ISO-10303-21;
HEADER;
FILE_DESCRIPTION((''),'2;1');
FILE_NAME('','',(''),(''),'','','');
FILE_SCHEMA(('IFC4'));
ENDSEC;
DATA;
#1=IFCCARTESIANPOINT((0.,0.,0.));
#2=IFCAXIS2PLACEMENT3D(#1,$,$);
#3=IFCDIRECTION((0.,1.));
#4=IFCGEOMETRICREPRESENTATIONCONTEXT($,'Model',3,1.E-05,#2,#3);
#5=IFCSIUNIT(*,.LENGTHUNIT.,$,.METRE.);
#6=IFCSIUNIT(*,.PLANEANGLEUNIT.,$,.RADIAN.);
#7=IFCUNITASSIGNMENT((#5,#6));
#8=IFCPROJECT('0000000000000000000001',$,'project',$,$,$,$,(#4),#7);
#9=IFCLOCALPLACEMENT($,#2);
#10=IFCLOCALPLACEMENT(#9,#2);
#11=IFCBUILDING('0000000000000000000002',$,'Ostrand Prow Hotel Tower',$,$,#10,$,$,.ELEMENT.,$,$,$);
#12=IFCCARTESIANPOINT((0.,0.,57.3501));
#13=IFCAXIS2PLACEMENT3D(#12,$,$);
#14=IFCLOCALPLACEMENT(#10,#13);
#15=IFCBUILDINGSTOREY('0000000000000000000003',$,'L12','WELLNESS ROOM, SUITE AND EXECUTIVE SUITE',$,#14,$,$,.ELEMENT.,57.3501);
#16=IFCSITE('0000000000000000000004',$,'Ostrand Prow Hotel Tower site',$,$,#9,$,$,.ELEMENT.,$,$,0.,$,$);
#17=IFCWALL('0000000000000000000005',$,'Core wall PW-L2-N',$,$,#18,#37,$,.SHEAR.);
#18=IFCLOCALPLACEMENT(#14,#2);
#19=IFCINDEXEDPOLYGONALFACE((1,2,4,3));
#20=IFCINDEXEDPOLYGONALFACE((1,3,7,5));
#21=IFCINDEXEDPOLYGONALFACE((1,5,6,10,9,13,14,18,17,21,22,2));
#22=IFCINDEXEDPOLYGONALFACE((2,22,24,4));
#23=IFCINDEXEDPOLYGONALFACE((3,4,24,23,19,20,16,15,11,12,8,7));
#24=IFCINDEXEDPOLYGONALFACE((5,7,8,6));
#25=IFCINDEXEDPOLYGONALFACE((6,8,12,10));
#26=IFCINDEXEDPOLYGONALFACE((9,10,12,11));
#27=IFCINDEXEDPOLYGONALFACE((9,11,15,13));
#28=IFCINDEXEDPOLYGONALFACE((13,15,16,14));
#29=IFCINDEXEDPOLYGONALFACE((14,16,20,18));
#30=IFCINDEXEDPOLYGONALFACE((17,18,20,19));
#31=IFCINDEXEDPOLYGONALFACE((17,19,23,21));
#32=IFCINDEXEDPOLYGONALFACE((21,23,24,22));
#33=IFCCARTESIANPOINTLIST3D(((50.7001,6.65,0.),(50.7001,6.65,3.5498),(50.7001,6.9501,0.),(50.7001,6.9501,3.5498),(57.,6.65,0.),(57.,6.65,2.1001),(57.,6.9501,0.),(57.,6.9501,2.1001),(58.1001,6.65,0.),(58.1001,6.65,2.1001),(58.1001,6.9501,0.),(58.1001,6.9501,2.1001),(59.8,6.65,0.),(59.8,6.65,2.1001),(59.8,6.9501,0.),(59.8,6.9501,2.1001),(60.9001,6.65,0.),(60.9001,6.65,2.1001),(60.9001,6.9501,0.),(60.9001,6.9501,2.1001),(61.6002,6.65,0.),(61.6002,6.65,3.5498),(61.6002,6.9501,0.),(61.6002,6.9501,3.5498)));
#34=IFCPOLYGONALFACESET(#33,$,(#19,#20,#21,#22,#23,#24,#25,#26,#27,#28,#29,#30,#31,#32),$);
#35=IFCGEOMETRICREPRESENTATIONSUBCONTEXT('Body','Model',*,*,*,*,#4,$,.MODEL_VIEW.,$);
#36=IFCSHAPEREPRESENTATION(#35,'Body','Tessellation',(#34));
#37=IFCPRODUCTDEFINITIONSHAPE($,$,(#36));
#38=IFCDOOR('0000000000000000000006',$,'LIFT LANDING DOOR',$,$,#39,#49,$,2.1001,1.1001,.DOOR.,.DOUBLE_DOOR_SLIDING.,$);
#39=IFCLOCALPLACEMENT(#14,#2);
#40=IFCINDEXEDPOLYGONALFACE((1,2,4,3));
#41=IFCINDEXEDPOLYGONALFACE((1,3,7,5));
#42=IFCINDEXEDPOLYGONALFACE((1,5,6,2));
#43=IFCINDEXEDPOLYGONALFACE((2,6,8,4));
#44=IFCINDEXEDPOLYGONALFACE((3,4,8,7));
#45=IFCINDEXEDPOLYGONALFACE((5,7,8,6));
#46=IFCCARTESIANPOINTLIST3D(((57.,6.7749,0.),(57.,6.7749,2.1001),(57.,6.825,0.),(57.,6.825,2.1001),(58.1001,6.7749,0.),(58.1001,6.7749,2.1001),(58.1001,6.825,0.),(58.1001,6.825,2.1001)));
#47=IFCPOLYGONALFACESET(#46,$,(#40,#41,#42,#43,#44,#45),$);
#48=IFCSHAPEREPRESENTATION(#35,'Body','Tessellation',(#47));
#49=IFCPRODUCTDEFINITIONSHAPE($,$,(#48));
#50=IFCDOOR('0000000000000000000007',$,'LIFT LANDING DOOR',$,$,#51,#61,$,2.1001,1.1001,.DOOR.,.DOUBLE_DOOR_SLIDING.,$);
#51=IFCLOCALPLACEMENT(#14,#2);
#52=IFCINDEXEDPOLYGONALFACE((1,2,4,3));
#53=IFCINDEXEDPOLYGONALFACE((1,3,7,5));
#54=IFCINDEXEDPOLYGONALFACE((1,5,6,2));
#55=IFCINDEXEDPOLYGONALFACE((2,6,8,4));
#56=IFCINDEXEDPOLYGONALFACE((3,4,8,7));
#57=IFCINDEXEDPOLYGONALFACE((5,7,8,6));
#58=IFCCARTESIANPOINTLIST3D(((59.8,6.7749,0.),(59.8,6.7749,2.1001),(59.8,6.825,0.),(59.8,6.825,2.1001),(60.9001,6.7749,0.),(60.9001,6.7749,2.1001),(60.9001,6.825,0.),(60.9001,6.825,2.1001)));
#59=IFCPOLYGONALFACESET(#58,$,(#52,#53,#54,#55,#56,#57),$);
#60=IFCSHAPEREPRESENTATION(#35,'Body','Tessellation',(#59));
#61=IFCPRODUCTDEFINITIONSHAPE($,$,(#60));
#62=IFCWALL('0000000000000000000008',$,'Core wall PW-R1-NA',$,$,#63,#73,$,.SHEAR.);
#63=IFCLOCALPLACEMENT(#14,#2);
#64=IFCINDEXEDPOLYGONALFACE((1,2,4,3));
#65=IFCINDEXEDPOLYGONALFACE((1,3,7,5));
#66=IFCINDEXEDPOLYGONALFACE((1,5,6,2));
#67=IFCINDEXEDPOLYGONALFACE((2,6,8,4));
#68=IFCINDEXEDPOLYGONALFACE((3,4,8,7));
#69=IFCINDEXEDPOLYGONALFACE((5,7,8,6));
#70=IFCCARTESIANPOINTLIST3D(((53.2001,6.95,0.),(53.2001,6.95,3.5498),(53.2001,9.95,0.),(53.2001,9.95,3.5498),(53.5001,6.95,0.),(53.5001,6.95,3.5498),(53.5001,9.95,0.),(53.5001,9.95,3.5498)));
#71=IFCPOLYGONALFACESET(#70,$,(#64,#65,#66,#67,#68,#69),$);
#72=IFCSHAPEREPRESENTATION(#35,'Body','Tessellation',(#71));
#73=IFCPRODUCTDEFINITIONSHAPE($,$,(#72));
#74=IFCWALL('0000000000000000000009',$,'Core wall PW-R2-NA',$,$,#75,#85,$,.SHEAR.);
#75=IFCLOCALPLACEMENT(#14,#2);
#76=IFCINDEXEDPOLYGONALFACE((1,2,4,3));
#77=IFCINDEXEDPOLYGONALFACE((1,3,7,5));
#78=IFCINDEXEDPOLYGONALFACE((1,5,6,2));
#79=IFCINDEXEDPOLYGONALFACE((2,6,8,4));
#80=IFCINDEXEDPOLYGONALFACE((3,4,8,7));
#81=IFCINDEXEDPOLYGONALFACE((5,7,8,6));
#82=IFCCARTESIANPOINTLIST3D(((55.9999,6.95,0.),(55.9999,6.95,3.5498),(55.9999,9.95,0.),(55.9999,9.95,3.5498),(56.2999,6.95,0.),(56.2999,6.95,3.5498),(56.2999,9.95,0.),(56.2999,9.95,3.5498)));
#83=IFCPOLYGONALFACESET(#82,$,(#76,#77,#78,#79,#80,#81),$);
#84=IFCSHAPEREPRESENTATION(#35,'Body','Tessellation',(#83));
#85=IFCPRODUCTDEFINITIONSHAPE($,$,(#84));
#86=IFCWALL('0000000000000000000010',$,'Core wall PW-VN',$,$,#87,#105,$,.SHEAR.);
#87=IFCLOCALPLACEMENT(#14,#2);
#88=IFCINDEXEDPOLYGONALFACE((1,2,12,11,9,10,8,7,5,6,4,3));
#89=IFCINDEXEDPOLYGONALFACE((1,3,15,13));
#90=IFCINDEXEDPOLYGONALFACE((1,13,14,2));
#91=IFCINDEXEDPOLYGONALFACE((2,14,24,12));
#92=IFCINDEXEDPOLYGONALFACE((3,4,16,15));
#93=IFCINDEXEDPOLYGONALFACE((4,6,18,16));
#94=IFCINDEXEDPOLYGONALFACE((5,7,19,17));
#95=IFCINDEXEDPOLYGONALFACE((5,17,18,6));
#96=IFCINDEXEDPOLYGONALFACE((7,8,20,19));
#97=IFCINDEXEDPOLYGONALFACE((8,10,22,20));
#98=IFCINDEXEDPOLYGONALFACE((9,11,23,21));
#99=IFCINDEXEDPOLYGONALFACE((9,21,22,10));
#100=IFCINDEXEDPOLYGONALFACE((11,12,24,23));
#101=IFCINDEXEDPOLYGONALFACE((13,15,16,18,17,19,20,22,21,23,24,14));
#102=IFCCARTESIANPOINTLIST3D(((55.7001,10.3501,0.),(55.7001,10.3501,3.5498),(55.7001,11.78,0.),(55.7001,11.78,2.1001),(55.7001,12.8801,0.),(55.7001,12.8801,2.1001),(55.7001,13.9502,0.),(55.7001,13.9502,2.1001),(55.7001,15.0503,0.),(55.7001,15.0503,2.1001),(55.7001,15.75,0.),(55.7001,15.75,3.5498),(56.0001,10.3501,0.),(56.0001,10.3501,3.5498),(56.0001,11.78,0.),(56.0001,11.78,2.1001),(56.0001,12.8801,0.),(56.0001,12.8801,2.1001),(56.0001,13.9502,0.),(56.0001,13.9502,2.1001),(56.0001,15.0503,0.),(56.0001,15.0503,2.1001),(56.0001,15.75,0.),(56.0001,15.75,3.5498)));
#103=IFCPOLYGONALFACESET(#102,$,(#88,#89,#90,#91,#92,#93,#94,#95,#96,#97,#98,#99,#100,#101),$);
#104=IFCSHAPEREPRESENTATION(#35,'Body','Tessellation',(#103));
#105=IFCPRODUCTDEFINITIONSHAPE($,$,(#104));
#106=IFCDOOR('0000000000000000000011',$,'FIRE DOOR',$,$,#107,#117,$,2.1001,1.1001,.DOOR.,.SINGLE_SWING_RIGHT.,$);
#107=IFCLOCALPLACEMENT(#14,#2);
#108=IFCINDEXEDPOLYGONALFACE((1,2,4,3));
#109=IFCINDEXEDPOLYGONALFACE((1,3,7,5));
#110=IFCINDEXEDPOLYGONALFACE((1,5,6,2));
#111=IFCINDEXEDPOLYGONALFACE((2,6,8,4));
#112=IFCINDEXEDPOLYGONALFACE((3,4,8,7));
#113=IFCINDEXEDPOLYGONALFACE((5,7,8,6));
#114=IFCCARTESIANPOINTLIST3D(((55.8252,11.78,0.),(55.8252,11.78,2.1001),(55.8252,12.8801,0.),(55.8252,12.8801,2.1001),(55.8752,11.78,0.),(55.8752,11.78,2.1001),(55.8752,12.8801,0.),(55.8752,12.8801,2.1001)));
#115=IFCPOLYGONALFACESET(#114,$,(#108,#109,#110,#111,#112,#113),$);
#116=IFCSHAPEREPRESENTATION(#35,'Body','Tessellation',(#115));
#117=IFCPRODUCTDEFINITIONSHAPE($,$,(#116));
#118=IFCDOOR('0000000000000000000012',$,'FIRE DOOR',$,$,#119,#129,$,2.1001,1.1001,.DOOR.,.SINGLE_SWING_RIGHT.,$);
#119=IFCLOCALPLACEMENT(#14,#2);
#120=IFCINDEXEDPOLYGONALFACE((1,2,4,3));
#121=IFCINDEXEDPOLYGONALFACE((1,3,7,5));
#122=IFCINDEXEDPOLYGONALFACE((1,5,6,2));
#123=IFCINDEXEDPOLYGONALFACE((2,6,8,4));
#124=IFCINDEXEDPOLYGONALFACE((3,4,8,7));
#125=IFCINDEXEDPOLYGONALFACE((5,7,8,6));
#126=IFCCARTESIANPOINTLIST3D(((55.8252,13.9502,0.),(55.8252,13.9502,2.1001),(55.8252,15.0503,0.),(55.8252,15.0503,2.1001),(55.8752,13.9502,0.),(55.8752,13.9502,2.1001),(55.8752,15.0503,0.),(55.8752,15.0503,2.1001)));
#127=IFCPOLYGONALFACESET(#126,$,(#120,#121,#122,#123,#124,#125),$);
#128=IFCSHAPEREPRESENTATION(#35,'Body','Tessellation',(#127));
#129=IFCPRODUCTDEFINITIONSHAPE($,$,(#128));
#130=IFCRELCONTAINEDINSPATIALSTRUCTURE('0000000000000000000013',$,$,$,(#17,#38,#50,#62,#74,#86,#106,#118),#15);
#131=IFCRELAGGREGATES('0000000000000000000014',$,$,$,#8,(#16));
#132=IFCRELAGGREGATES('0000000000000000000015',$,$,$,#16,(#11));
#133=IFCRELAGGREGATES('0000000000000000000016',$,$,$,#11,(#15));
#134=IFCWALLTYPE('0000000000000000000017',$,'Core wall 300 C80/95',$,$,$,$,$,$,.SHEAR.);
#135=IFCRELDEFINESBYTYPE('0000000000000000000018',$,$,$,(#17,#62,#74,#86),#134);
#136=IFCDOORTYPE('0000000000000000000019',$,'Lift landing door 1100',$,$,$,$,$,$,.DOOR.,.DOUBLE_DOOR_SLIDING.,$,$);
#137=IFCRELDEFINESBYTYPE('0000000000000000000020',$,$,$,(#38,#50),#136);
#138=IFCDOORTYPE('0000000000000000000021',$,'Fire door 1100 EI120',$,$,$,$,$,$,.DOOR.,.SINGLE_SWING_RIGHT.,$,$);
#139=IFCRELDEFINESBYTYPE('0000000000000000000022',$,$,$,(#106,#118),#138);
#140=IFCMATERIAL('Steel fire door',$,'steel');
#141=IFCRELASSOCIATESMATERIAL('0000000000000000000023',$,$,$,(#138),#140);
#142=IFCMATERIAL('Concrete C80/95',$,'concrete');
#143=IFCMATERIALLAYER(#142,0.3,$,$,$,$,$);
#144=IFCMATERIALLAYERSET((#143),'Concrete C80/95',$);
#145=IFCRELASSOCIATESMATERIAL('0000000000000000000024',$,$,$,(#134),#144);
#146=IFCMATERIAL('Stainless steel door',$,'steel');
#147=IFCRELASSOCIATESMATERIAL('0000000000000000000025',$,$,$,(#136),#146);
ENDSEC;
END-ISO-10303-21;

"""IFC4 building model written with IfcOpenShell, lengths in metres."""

from ifc_helpers import new_model, si_unit, direction, frame, frame_2d, origin, place, context, subcontext, project, spatial, rectangle, extrude, material, layer, layer_set, type_object, element, fill, save


model = new_model("IFC4")

# Units and contexts
model_context = context("Model", 3, precision=1e-05, world=origin(), true_north=direction((0.0, 1.0)))
body_context = subcontext(model_context, "Body", "Model", "MODEL_VIEW")
ifc_project = project(units=[si_unit("LENGTHUNIT", "METRE"), si_unit("PLANEANGLEUNIT", "RADIAN")], contexts=[model_context])

# Site, building, storey
site_placement = place(None, origin())
site = spatial("IfcSite", under=ifc_project, at=site_placement, Name="Ostrand Prow Hotel Tower site", CompositionType="ELEMENT", RefElevation=0.0)
building_placement = place(site_placement, origin())
building = spatial("IfcBuilding", under=site, at=building_placement, Name="Ostrand Prow Hotel Tower", CompositionType="ELEMENT")
storey_placement = place(building_placement, frame((0.0, 0.0, 57.3501)))
storey = spatial("IfcBuildingStorey", under=building, at=storey_placement, Name="L12", Description="WELLNESS ROOM, SUITE AND EXECUTIVE SUITE", CompositionType="ELEMENT", Elevation=57.3501)

# Shared definitions
ifc_material_1 = material(Name="Steel fire door", Category="steel")
door_type_1 = type_object("IfcDoorType", Name="Fire door 1100 EI120", OperationType="SINGLE_SWING_RIGHT", PredefinedType="DOOR", material=ifc_material_1)

# Wall, openings, doors
ifc_material_2 = material(Name="Concrete C80/95", Category="concrete")
ifc_layer_1 = layer(ifc_material_2, 0.3)
ifc_layer_set_1 = layer_set([ifc_layer_1], Name="Concrete C80/95")
wall_type_1 = type_object("IfcWallType", Name="Core wall 300 C80/95", PredefinedType="SHEAR", material=ifc_layer_set_1)
wall_1_placement = place(storey_placement, frame((50.7, 6.8, 0.0), z_axis=(0.0, 0.0, 1.0), x_axis=(1.0, 0.0, 0.0)))
wall_1 = element("IfcWall", 1, at=wall_1_placement, inside=storey, type_object=wall_type_1, Name="Core wall PW-L2-N", PredefinedType="SHEAR", context=body_context, shape_type="SweptSolid", body=[
    extrude(rectangle(XDim=10.9001, YDim=0.3, at=frame_2d((5.4502, 0.0))), origin(), (0.0, 0.0, 1.0), 3.5498),
])
opening_1_placement = place(wall_1_placement, frame((6.3, 0.0, 0.0)))
opening_1 = element("IfcOpeningElement", 2, at=opening_1_placement, cuts=wall_1, PredefinedType="OPENING", context=body_context, shape_type="SweptSolid", body=[
    extrude(rectangle(XDim=1.1001, YDim=2.1001, at=frame_2d((0.55, 1.05))), frame((0.0, 0.1599, 0.0), z_axis=(0.0, -1.0, 0.0), x_axis=(1.0, 0.0, 0.0)), (0.0, 0.0, 1.0), 0.3201),
])
opening_2_placement = place(wall_1_placement, frame((9.1001, 0.0, 0.0)))
opening_2 = element("IfcOpeningElement", 3, at=opening_2_placement, cuts=wall_1, PredefinedType="OPENING", context=body_context, shape_type="SweptSolid", body=[
    extrude(rectangle(XDim=1.1001, YDim=2.1001, at=frame_2d((0.55, 1.05))), frame((0.0, 0.1599, 0.0), z_axis=(0.0, -1.0, 0.0), x_axis=(1.0, 0.0, 0.0)), (0.0, 0.0, 1.0), 0.3201),
])
ifc_material_3 = material(Name="Stainless steel door", Category="steel")
door_type_2 = type_object("IfcDoorType", Name="Lift landing door 1100", OperationType="DOUBLE_DOOR_SLIDING", PredefinedType="DOOR", material=ifc_material_3)
door_1_placement = place(opening_1_placement, origin())
door_1 = element("IfcDoor", 4, at=door_1_placement, inside=storey, type_object=door_type_2, Name="LIFT LANDING DOOR", OperationType="DOUBLE_DOOR_SLIDING", OverallHeight=2.1001, OverallWidth=1.1001, PredefinedType="DOOR", context=body_context, shape_type="SweptSolid", body=[
    extrude(rectangle(XDim=1.1001, YDim=2.1001, at=frame_2d((0.55, 1.05))), frame((0.0, 0.0249, 0.0), z_axis=(0.0, -1.0, 0.0), x_axis=(1.0, 0.0, 0.0)), (0.0, 0.0, 1.0), 0.05),
])
fill(opening_1, door_1)
door_2_placement = place(opening_2_placement, origin())
door_2 = element("IfcDoor", 5, at=door_2_placement, inside=storey, type_object=door_type_2, Name="LIFT LANDING DOOR", OperationType="DOUBLE_DOOR_SLIDING", OverallHeight=2.1001, OverallWidth=1.1001, PredefinedType="DOOR", context=body_context, shape_type="SweptSolid", body=[
    extrude(rectangle(XDim=1.1001, YDim=2.1001, at=frame_2d((0.55, 1.05))), frame((0.0, 0.0249, 0.0), z_axis=(0.0, -1.0, 0.0), x_axis=(1.0, 0.0, 0.0)), (0.0, 0.0, 1.0), 0.05),
])
fill(opening_2, door_2)

# Walls
for number, where, z_axis, x_axis, name in (
    (6, (53.3501, 6.95, 0.0), (0.0, 0.0, 1.0), (0.0, 1.0, 0.0), "Core wall PW-R1-NA"),
    (7, (56.1499, 6.95, 0.0), (0.0, 0.0, 1.0), (0.0, 1.0, 0.0), "Core wall PW-R2-NA"),
):
    element("IfcWall", number, at=place(storey_placement, frame(where, z_axis=z_axis, x_axis=x_axis)), inside=storey, type_object=wall_type_1, Name=name, PredefinedType="SHEAR", context=body_context, shape_type="SweptSolid", body=[
        extrude(rectangle(XDim=3.0, YDim=0.3, at=frame_2d((1.5, 0.0))), origin(), (0.0, 0.0, 1.0), 3.5498),
    ])

# Wall, openings, doors
wall_2_placement = place(storey_placement, frame((55.8501, 10.3501, 0.0), z_axis=(0.0, 0.0, 1.0), x_axis=(0.0, 1.0, 0.0)))
wall_2 = element("IfcWall", 8, at=wall_2_placement, inside=storey, type_object=wall_type_1, Name="Core wall PW-VN", PredefinedType="SHEAR", context=body_context, shape_type="SweptSolid", body=[
    extrude(rectangle(XDim=5.3999, YDim=0.3, at=frame_2d((2.7, 0.0))), origin(), (0.0, 0.0, 1.0), 3.5498),
])
opening_3_placement = place(wall_2_placement, frame((1.4299, 0.0, 0.0)))
opening_3 = element("IfcOpeningElement", 9, at=opening_3_placement, cuts=wall_2, PredefinedType="OPENING", context=body_context, shape_type="SweptSolid", body=[
    extrude(rectangle(XDim=1.1001, YDim=2.1001, at=frame_2d((0.55, 1.05))), frame((0.0, 0.1599, 0.0), z_axis=(0.0, -1.0, 0.0), x_axis=(1.0, 0.0, 0.0)), (0.0, 0.0, 1.0), 0.3201),
])
opening_4_placement = place(wall_2_placement, frame((3.6001, 0.0, 0.0)))
opening_4 = element("IfcOpeningElement", 10, at=opening_4_placement, cuts=wall_2, PredefinedType="OPENING", context=body_context, shape_type="SweptSolid", body=[
    extrude(rectangle(XDim=1.1001, YDim=2.1001, at=frame_2d((0.55, 1.05))), frame((0.0, 0.1599, 0.0), z_axis=(0.0, -1.0, 0.0), x_axis=(1.0, 0.0, 0.0)), (0.0, 0.0, 1.0), 0.3201),
])
door_3_placement = place(opening_3_placement, origin())
door_3 = element("IfcDoor", 11, at=door_3_placement, inside=storey, type_object=door_type_1, Name="FIRE DOOR", OperationType="SINGLE_SWING_RIGHT", OverallHeight=2.1001, OverallWidth=1.1001, PredefinedType="DOOR", context=body_context, shape_type="SweptSolid", body=[
    extrude(rectangle(XDim=1.1001, YDim=2.1001, at=frame_2d((0.55, 1.05))), frame((0.0, 0.0249, 0.0), z_axis=(0.0, -1.0, 0.0), x_axis=(1.0, 0.0, 0.0)), (0.0, 0.0, 1.0), 0.05),
])
fill(opening_3, door_3)
door_4_placement = place(opening_4_placement, origin())
door_4 = element("IfcDoor", 12, at=door_4_placement, inside=storey, type_object=door_type_1, Name="FIRE DOOR", OperationType="SINGLE_SWING_RIGHT", OverallHeight=2.1001, OverallWidth=1.1001, PredefinedType="DOOR", context=body_context, shape_type="SweptSolid", body=[
    extrude(rectangle(XDim=1.1001, YDim=2.1001, at=frame_2d((0.55, 1.05))), frame((0.0, 0.0249, 0.0), z_axis=(0.0, -1.0, 0.0), x_axis=(1.0, 0.0, 0.0)), (0.0, 0.0, 1.0), 0.05),
])
fill(opening_4, door_4)

save(model, "model.ifc")
